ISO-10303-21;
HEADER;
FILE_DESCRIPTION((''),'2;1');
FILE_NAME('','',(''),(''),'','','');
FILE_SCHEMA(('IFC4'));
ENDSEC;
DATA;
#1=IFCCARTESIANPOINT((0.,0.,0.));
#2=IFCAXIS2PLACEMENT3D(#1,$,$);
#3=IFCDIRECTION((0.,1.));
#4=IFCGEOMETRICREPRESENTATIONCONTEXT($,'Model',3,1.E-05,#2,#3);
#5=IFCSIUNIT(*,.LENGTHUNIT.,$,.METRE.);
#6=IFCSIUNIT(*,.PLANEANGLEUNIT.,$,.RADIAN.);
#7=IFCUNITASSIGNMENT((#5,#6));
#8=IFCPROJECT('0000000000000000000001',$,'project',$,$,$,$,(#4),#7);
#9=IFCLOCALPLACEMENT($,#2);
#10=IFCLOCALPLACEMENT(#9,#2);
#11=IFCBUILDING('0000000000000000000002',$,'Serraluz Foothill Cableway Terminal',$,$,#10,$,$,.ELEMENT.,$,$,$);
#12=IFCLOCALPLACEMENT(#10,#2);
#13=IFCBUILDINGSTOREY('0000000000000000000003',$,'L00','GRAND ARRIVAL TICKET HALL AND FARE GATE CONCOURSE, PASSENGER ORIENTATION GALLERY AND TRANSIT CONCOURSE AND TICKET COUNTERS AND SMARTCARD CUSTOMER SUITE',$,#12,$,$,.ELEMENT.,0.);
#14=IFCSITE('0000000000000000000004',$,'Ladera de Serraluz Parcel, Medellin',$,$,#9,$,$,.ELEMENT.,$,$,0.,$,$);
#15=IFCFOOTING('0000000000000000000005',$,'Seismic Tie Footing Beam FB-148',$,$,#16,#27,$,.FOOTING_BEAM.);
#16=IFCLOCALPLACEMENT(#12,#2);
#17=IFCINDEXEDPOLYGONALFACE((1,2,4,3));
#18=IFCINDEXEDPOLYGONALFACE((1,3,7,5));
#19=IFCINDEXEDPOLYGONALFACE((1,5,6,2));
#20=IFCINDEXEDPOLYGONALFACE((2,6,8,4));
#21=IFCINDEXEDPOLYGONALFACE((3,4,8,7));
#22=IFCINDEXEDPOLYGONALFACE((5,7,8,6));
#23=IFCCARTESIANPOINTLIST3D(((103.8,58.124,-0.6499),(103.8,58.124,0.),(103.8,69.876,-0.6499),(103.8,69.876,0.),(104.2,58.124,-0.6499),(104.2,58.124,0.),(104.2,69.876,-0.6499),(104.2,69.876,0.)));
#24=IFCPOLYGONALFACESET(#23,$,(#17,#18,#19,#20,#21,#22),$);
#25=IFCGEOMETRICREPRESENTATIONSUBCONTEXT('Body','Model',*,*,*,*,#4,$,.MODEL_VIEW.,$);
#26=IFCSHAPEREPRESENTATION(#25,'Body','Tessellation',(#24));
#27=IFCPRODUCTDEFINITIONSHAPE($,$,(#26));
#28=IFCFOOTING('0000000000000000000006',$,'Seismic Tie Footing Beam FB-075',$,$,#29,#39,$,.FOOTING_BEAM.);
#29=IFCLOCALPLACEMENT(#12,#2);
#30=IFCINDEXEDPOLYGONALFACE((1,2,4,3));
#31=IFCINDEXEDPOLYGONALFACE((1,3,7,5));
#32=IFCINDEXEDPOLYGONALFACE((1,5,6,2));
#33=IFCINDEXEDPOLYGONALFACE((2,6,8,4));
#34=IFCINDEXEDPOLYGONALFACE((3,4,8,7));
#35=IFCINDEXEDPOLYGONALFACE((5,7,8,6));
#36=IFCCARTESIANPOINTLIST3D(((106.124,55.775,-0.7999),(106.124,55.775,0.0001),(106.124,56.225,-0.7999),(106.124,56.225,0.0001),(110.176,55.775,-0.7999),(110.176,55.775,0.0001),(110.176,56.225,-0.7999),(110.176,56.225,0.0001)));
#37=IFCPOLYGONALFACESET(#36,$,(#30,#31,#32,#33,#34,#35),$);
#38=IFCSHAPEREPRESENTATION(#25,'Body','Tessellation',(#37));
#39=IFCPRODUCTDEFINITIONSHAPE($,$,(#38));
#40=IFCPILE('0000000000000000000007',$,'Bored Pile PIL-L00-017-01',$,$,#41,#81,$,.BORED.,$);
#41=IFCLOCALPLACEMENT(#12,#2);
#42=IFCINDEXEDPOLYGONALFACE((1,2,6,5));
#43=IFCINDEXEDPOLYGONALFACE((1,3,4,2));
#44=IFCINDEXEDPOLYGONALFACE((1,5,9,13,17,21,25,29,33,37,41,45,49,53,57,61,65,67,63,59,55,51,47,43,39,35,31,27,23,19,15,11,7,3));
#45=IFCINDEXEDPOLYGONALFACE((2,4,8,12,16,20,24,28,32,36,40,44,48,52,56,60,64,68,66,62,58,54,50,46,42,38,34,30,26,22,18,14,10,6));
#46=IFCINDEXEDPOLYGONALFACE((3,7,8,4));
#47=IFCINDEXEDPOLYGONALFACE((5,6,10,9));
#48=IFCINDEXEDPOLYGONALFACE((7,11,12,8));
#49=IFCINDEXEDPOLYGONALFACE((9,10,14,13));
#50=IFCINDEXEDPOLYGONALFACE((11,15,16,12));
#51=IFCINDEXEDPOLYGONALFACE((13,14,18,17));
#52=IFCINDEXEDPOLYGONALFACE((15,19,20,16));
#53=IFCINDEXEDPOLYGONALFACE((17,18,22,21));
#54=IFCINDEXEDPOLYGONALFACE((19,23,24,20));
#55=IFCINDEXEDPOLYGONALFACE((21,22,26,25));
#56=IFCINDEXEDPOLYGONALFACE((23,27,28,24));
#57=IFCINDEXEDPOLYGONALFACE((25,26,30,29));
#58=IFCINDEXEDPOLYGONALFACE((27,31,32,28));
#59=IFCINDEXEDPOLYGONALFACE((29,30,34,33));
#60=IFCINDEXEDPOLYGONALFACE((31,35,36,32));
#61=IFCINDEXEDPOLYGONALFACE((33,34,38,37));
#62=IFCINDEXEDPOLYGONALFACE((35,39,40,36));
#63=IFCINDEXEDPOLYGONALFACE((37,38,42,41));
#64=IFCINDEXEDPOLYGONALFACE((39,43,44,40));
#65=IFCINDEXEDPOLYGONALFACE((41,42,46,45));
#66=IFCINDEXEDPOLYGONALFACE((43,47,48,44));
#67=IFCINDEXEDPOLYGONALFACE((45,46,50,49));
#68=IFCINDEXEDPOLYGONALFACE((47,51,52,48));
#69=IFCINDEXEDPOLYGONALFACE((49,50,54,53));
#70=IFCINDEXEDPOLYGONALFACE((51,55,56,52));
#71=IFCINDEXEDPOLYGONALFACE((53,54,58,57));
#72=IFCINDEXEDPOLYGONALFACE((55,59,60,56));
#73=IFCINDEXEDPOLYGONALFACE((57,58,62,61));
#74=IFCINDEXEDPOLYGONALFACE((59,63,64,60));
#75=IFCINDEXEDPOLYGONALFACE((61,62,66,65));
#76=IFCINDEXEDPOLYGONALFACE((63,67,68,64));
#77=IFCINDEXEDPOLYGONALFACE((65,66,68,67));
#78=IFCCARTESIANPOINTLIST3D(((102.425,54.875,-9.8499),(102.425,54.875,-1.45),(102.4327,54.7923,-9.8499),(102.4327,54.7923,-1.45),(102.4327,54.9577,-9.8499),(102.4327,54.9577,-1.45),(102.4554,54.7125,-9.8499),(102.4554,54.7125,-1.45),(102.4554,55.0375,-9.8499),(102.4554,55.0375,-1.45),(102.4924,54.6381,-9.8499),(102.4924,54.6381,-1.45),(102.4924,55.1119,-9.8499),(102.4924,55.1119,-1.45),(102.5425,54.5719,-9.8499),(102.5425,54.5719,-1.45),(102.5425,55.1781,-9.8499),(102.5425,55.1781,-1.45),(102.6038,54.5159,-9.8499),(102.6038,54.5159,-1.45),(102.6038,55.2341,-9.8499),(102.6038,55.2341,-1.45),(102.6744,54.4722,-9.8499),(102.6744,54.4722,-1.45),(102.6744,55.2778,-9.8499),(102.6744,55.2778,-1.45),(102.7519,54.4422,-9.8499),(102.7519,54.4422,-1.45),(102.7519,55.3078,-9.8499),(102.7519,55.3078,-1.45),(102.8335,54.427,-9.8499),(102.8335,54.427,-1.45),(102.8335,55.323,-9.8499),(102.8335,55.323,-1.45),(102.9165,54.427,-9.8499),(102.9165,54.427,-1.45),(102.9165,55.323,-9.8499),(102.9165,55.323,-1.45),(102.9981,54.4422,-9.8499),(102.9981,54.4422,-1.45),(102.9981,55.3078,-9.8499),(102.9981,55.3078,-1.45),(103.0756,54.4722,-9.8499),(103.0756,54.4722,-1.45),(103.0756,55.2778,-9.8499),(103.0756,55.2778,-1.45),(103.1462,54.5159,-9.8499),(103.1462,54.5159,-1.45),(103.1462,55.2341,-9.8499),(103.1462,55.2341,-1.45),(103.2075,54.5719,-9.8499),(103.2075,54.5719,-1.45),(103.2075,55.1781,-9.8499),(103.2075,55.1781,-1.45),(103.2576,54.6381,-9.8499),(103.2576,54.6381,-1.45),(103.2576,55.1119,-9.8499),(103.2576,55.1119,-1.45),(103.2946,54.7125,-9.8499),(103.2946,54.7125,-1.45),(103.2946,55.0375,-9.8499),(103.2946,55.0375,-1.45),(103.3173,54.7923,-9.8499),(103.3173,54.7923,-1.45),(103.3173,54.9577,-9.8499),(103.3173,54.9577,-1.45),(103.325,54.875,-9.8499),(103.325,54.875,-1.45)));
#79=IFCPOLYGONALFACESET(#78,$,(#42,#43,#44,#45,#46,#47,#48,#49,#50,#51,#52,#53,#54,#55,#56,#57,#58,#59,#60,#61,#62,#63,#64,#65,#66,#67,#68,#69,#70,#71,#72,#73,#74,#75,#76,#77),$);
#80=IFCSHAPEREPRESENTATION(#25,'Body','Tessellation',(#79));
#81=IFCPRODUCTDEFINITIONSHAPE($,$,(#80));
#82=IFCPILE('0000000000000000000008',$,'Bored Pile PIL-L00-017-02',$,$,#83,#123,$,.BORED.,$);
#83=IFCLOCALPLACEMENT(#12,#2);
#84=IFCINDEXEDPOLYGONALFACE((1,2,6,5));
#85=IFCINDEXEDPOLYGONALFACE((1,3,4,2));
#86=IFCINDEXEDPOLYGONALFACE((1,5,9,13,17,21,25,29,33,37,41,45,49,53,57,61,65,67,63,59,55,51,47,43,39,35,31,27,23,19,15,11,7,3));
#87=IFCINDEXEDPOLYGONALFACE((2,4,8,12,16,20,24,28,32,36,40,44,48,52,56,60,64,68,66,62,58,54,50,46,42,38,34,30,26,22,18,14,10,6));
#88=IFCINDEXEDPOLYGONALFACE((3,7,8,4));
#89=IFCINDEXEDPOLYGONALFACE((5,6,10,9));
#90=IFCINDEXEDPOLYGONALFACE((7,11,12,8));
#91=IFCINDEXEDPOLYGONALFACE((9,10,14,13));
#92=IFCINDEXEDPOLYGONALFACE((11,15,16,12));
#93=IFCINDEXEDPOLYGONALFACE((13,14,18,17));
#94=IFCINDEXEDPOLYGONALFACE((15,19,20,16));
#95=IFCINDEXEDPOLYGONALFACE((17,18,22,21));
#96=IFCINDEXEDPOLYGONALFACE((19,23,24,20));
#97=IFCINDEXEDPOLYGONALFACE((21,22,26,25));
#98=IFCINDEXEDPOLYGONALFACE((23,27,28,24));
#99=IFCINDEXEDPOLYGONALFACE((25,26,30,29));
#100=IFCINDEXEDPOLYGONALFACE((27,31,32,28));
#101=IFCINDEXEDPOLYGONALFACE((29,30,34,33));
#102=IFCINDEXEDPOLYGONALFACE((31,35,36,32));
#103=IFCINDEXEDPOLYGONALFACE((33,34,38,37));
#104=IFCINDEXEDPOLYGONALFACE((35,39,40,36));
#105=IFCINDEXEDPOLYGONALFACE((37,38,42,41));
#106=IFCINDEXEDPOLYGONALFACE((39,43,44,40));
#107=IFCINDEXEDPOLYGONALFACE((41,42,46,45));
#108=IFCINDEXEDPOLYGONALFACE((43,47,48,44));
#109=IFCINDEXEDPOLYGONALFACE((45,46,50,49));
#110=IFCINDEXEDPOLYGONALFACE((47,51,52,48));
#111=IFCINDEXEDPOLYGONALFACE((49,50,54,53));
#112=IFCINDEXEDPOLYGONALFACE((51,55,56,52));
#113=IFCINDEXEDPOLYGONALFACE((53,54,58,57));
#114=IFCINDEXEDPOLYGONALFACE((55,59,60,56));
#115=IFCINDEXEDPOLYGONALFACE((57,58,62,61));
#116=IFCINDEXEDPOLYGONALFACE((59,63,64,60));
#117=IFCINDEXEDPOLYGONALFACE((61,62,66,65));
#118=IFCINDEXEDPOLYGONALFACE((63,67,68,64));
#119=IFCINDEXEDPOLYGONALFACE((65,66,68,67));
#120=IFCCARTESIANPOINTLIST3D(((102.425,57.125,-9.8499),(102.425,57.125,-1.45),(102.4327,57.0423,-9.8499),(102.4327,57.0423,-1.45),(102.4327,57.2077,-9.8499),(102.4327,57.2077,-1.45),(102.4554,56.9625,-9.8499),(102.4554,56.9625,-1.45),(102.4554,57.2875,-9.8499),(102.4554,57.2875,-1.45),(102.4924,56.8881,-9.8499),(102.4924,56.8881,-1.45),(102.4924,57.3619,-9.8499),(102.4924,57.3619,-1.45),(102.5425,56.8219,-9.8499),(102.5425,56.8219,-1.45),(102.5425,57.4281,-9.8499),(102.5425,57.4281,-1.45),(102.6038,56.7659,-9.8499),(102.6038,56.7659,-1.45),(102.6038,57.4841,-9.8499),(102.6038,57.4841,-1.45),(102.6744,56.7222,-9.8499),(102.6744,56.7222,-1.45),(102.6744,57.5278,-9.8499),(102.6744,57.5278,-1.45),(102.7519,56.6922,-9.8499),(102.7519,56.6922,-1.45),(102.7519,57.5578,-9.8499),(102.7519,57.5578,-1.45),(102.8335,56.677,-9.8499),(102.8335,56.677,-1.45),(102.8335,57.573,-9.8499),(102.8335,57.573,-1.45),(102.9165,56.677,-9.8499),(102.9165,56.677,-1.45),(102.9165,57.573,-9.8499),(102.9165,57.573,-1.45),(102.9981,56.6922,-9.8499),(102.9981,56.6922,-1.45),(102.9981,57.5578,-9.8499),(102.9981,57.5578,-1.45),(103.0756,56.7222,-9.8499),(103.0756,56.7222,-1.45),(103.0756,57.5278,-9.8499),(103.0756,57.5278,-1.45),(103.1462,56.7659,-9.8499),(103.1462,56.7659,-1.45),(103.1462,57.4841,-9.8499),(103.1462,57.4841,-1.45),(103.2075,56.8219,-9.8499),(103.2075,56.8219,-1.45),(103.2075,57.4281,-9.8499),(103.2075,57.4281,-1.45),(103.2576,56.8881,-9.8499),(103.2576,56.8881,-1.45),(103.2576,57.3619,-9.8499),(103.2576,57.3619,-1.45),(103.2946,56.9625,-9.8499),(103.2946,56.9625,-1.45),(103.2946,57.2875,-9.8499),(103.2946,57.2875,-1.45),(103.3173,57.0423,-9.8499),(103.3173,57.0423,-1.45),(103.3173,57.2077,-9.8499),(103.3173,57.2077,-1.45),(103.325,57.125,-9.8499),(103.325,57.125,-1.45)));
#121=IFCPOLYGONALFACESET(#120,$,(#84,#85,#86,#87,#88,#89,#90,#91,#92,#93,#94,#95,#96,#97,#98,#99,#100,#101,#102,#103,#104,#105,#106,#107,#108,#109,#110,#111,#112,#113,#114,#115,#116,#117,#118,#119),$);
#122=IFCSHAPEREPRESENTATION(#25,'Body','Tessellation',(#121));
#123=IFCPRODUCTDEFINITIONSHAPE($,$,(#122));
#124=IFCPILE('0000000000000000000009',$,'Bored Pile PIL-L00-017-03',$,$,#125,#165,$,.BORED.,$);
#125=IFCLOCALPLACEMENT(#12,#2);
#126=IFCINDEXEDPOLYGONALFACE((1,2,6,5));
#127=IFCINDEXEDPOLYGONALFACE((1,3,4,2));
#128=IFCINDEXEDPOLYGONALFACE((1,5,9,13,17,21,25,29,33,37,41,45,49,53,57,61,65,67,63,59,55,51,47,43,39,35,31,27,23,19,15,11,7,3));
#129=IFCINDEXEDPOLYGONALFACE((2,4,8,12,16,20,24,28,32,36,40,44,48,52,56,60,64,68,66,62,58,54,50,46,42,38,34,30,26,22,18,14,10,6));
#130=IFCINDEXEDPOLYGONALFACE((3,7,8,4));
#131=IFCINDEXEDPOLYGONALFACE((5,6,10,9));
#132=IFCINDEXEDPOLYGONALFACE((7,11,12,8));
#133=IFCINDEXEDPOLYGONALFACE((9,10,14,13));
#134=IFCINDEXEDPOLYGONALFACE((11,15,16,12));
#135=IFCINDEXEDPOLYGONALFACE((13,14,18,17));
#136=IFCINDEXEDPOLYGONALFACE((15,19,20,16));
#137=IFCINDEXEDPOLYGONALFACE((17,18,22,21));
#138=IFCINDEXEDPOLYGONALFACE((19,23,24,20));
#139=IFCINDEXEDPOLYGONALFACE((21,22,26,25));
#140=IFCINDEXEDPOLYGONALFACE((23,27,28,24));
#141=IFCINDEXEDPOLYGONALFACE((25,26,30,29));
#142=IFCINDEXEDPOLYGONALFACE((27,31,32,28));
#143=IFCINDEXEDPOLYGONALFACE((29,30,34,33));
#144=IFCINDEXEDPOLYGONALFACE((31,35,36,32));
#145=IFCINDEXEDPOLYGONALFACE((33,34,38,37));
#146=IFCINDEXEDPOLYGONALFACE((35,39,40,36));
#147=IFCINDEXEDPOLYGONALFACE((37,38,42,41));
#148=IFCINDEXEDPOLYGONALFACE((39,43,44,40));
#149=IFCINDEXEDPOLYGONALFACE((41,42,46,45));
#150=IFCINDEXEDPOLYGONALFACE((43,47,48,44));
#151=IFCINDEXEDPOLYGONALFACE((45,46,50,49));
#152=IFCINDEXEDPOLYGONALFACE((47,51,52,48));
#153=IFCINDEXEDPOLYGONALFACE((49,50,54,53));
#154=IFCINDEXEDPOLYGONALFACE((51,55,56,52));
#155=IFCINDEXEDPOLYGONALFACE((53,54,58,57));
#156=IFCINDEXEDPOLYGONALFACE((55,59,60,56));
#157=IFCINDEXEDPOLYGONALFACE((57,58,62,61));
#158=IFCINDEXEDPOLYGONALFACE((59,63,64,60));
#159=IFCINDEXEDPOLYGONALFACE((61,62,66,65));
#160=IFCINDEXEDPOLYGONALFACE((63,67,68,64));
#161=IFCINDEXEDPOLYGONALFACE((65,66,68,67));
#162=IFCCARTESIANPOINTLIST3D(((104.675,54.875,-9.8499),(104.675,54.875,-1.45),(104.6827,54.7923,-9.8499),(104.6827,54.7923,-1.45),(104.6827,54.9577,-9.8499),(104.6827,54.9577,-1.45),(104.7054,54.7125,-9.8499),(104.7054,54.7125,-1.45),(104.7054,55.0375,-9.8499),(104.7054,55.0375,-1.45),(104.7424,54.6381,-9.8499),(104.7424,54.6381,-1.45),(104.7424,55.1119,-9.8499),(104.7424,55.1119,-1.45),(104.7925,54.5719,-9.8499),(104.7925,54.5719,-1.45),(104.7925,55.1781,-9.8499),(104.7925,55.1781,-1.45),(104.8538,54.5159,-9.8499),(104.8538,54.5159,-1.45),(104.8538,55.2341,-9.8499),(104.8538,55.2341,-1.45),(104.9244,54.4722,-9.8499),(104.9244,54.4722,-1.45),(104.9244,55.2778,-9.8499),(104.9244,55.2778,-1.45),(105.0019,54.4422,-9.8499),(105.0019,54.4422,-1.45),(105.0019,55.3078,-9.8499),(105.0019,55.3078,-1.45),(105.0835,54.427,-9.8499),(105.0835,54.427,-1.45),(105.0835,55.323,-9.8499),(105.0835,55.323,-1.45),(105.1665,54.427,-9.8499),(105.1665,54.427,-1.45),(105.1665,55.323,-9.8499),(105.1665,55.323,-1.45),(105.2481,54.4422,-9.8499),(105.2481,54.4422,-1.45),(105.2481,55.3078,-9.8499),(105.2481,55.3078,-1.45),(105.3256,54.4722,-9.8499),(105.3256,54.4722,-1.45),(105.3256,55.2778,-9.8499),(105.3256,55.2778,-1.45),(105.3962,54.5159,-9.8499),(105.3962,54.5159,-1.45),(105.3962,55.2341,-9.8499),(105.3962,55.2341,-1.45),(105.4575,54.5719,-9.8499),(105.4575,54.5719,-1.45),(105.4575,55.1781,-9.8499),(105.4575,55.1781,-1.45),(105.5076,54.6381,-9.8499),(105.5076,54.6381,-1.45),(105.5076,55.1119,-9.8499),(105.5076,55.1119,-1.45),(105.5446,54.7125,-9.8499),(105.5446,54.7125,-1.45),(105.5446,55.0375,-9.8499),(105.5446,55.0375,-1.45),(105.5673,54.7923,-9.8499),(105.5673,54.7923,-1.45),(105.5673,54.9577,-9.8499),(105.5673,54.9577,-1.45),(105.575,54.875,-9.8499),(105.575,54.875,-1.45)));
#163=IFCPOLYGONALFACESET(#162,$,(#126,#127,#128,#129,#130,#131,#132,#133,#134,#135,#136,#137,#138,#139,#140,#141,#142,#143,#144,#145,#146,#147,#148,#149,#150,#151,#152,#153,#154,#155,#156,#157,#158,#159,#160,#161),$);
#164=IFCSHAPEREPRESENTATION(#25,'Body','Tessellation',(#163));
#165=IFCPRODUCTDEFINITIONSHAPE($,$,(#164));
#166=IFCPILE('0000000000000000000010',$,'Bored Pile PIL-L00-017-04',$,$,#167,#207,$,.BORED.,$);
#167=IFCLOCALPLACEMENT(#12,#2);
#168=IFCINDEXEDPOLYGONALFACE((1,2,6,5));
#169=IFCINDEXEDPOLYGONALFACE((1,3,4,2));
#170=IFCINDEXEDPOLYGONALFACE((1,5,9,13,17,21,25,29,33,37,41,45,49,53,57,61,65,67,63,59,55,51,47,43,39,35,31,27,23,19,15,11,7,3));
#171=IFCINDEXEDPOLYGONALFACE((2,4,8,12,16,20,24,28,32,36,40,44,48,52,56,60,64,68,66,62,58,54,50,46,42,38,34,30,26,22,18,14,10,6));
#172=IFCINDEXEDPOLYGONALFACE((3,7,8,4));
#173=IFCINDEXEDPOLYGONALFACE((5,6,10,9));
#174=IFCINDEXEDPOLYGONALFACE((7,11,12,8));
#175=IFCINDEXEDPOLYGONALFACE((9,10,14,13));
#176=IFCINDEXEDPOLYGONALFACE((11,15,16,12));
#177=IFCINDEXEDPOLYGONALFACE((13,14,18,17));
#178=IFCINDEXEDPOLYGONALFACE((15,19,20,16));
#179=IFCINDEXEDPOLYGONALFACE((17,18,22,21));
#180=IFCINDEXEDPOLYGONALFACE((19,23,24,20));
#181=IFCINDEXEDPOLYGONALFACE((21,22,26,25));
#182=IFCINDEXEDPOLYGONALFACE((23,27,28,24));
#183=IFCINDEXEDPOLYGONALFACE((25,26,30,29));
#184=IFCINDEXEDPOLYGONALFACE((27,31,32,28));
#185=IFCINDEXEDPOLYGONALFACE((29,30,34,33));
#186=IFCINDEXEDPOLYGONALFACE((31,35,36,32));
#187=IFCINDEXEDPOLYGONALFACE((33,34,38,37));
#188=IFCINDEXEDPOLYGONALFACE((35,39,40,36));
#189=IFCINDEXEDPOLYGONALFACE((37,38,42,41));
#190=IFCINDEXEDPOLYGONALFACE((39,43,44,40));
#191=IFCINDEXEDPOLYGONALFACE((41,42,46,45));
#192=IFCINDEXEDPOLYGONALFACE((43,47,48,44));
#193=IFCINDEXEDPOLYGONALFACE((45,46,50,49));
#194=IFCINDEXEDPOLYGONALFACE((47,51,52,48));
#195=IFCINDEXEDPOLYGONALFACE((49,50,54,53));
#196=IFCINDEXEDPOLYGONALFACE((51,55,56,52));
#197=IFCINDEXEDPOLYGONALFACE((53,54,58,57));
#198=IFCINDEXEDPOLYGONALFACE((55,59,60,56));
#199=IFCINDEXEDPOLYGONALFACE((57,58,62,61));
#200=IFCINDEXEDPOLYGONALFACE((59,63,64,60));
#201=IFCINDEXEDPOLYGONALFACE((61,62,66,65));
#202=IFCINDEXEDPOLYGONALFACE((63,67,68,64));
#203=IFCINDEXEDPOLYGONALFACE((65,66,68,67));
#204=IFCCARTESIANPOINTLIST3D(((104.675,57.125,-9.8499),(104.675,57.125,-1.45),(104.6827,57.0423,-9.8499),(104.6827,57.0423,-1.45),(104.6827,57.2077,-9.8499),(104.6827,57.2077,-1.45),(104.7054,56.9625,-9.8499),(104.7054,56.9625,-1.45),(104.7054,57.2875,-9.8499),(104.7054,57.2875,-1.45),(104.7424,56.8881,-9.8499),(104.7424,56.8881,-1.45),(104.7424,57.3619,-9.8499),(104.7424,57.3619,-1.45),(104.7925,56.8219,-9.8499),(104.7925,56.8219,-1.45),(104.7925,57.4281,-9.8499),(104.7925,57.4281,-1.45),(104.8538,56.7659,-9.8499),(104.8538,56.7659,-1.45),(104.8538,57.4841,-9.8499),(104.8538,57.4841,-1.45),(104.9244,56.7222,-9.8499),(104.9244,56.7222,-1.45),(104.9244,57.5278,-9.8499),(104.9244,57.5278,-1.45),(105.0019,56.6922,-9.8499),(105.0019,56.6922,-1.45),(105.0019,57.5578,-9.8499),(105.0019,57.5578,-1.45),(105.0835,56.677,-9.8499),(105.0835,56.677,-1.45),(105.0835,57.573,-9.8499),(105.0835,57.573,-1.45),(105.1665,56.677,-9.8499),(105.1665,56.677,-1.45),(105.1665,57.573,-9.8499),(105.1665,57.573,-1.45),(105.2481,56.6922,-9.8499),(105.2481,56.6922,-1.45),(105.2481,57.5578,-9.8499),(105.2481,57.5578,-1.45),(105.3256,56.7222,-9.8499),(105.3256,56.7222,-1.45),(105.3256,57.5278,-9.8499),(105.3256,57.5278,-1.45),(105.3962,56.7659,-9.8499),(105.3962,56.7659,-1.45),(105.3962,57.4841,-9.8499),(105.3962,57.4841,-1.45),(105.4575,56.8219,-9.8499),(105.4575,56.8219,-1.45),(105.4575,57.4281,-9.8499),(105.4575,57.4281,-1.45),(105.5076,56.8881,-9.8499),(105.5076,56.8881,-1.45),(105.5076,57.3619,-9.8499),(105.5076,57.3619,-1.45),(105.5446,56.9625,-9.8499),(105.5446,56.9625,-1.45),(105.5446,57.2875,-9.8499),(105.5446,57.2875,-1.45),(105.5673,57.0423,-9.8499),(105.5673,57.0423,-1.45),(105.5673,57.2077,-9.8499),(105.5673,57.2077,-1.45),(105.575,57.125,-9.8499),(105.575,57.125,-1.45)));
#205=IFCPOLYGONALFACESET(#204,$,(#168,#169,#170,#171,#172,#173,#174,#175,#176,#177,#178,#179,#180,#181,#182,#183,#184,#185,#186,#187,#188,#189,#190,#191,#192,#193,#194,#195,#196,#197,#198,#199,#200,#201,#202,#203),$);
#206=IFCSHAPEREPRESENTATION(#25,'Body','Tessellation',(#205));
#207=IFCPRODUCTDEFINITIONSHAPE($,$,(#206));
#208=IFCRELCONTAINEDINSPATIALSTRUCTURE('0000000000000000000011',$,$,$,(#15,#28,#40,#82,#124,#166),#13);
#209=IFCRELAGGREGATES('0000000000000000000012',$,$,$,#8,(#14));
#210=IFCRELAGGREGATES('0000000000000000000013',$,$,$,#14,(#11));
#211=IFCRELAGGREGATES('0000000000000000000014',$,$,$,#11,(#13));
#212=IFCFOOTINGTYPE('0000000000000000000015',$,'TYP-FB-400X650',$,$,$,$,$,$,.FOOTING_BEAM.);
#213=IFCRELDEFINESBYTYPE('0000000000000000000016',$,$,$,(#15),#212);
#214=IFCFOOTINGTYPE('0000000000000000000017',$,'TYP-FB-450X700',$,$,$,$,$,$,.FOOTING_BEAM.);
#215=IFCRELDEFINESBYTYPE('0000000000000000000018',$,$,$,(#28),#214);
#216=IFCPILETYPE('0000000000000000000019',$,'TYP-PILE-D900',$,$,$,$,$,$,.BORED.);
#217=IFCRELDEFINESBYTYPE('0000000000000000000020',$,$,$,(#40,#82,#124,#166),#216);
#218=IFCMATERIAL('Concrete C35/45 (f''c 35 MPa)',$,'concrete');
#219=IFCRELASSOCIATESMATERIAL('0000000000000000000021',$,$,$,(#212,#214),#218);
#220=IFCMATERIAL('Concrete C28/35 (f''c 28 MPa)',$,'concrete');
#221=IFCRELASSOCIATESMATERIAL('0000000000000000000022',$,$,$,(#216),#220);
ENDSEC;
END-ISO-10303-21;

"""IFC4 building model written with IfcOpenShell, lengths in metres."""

from ifc_helpers import new_model, si_unit, direction, frame, origin, origin_2d, place, context, subcontext, project, spatial, rectangle, circle, extrude, material, material_profile, profile_set, type_object, element, save


model = new_model("IFC4")

# Units and contexts
model_context = context("Model", 3, precision=1e-05, world=origin(), true_north=direction((0.0, 1.0)))
body_context = subcontext(model_context, "Body", "Model", "MODEL_VIEW")
ifc_project = project(units=[si_unit("LENGTHUNIT", "METRE"), si_unit("PLANEANGLEUNIT", "RADIAN")], contexts=[model_context])

# Site, building, storey
site_placement = place(None, origin())
site = spatial("IfcSite", under=ifc_project, at=site_placement, Name="Ladera de Serraluz Parcel, Medellin", CompositionType="ELEMENT", RefElevation=0.0)
building_placement = place(site_placement, origin())
building = spatial("IfcBuilding", under=site, at=building_placement, Name="Serraluz Foothill Cableway Terminal", CompositionType="ELEMENT")
storey_placement = place(building_placement, origin())
storey = spatial("IfcBuildingStorey", under=building, at=storey_placement, Name="L00", Description="GRAND ARRIVAL TICKET HALL AND FARE GATE CONCOURSE, PASSENGER ORIENTATION GALLERY AND TRANSIT CONCOURSE AND TICKET COUNTERS AND SMARTCARD CUSTOMER SUITE", CompositionType="ELEMENT", Elevation=0.0)

# Footings
ifc_material_1 = material(Name="Concrete C35/45 (f'c 35 MPa)", Category="concrete")
ifc_material_profile_1 = material_profile(ifc_material_1, rectangle(XDim=0.3999, YDim=0.6499, at=origin_2d()), Name="RC 400x650")
ifc_profile_set_1 = profile_set([ifc_material_profile_1], Name="Concrete C35/45 (f'c 35 MPa)")
footing_type_1 = type_object("IfcFootingType", Name="TYP-FB-400X650", PredefinedType="FOOTING_BEAM", material=ifc_profile_set_1)
footing_1_placement = place(storey_placement, frame((104.0, 58.124, -0.325), z_axis=(0.0, 1.0, 0.0), x_axis=(-1.0, 0.0, 0.0)))
element("IfcFooting", 1, at=footing_1_placement, inside=storey, type_object=footing_type_1, Name="Seismic Tie Footing Beam FB-148", PredefinedType="FOOTING_BEAM", context=body_context, shape_type="SweptSolid", body=[
    extrude(rectangle(XDim=0.3999, YDim=0.6499, at=origin_2d()), origin(), (0.0, 0.0, 1.0), 11.752),
])
ifc_material_profile_2 = material_profile(ifc_material_1, rectangle(XDim=0.45, YDim=0.8, at=origin_2d()), Name="RC 450x800")
ifc_profile_set_2 = profile_set([ifc_material_profile_2], Name="Concrete C35/45 (f'c 35 MPa)")
footing_type_2 = type_object("IfcFootingType", Name="TYP-FB-450X700", PredefinedType="FOOTING_BEAM", material=ifc_profile_set_2)
footing_2_placement = place(storey_placement, frame((106.124, 56.0, -0.3999), z_axis=(1.0, 0.0, 0.0), x_axis=(0.0, 1.0, 0.0)))
element("IfcFooting", 2, at=footing_2_placement, inside=storey, type_object=footing_type_2, Name="Seismic Tie Footing Beam FB-075", PredefinedType="FOOTING_BEAM", context=body_context, shape_type="SweptSolid", body=[
    extrude(rectangle(XDim=0.45, YDim=0.8, at=origin_2d()), origin(), (0.0, 0.0, 1.0), 4.052),
])

# Piles
ifc_material_2 = material(Name="Concrete C28/35 (f'c 28 MPa)", Category="concrete")
ifc_material_profile_3 = material_profile(ifc_material_2, circle(Radius=0.45, at=origin_2d()), Name="BORED PILE D900")
ifc_profile_set_3 = profile_set([ifc_material_profile_3], Name="Concrete C28/35 (f'c 28 MPa)")
pile_type = type_object("IfcPileType", Name="TYP-PILE-D900", PredefinedType="BORED", material=ifc_profile_set_3)
for number, where, z_axis, x_axis, name in (
    (3, (102.875, 54.875, -1.45), (0.0, 0.0, -1.0), (1.0, 0.0, 0.0), "Bored Pile PIL-L00-017-01"),
    (4, (102.875, 57.125, -1.45), (0.0, 0.0, -1.0), (1.0, 0.0, 0.0), "Bored Pile PIL-L00-017-02"),
    (5, (105.125, 54.875, -1.45), (0.0, 0.0, -1.0), (1.0, 0.0, 0.0), "Bored Pile PIL-L00-017-03"),
    (6, (105.125, 57.125, -1.45), (0.0, 0.0, -1.0), (1.0, 0.0, 0.0), "Bored Pile PIL-L00-017-04"),
):
    element("IfcPile", number, at=place(storey_placement, frame(where, z_axis=z_axis, x_axis=x_axis)), inside=storey, type_object=pile_type, Name=name, PredefinedType="BORED", context=body_context, shape_type="SweptSolid", body=[
        extrude(circle(Radius=0.45, at=origin_2d()), origin(), (0.0, 0.0, 1.0), 8.3999),
    ])

save(model, "model.ifc")
